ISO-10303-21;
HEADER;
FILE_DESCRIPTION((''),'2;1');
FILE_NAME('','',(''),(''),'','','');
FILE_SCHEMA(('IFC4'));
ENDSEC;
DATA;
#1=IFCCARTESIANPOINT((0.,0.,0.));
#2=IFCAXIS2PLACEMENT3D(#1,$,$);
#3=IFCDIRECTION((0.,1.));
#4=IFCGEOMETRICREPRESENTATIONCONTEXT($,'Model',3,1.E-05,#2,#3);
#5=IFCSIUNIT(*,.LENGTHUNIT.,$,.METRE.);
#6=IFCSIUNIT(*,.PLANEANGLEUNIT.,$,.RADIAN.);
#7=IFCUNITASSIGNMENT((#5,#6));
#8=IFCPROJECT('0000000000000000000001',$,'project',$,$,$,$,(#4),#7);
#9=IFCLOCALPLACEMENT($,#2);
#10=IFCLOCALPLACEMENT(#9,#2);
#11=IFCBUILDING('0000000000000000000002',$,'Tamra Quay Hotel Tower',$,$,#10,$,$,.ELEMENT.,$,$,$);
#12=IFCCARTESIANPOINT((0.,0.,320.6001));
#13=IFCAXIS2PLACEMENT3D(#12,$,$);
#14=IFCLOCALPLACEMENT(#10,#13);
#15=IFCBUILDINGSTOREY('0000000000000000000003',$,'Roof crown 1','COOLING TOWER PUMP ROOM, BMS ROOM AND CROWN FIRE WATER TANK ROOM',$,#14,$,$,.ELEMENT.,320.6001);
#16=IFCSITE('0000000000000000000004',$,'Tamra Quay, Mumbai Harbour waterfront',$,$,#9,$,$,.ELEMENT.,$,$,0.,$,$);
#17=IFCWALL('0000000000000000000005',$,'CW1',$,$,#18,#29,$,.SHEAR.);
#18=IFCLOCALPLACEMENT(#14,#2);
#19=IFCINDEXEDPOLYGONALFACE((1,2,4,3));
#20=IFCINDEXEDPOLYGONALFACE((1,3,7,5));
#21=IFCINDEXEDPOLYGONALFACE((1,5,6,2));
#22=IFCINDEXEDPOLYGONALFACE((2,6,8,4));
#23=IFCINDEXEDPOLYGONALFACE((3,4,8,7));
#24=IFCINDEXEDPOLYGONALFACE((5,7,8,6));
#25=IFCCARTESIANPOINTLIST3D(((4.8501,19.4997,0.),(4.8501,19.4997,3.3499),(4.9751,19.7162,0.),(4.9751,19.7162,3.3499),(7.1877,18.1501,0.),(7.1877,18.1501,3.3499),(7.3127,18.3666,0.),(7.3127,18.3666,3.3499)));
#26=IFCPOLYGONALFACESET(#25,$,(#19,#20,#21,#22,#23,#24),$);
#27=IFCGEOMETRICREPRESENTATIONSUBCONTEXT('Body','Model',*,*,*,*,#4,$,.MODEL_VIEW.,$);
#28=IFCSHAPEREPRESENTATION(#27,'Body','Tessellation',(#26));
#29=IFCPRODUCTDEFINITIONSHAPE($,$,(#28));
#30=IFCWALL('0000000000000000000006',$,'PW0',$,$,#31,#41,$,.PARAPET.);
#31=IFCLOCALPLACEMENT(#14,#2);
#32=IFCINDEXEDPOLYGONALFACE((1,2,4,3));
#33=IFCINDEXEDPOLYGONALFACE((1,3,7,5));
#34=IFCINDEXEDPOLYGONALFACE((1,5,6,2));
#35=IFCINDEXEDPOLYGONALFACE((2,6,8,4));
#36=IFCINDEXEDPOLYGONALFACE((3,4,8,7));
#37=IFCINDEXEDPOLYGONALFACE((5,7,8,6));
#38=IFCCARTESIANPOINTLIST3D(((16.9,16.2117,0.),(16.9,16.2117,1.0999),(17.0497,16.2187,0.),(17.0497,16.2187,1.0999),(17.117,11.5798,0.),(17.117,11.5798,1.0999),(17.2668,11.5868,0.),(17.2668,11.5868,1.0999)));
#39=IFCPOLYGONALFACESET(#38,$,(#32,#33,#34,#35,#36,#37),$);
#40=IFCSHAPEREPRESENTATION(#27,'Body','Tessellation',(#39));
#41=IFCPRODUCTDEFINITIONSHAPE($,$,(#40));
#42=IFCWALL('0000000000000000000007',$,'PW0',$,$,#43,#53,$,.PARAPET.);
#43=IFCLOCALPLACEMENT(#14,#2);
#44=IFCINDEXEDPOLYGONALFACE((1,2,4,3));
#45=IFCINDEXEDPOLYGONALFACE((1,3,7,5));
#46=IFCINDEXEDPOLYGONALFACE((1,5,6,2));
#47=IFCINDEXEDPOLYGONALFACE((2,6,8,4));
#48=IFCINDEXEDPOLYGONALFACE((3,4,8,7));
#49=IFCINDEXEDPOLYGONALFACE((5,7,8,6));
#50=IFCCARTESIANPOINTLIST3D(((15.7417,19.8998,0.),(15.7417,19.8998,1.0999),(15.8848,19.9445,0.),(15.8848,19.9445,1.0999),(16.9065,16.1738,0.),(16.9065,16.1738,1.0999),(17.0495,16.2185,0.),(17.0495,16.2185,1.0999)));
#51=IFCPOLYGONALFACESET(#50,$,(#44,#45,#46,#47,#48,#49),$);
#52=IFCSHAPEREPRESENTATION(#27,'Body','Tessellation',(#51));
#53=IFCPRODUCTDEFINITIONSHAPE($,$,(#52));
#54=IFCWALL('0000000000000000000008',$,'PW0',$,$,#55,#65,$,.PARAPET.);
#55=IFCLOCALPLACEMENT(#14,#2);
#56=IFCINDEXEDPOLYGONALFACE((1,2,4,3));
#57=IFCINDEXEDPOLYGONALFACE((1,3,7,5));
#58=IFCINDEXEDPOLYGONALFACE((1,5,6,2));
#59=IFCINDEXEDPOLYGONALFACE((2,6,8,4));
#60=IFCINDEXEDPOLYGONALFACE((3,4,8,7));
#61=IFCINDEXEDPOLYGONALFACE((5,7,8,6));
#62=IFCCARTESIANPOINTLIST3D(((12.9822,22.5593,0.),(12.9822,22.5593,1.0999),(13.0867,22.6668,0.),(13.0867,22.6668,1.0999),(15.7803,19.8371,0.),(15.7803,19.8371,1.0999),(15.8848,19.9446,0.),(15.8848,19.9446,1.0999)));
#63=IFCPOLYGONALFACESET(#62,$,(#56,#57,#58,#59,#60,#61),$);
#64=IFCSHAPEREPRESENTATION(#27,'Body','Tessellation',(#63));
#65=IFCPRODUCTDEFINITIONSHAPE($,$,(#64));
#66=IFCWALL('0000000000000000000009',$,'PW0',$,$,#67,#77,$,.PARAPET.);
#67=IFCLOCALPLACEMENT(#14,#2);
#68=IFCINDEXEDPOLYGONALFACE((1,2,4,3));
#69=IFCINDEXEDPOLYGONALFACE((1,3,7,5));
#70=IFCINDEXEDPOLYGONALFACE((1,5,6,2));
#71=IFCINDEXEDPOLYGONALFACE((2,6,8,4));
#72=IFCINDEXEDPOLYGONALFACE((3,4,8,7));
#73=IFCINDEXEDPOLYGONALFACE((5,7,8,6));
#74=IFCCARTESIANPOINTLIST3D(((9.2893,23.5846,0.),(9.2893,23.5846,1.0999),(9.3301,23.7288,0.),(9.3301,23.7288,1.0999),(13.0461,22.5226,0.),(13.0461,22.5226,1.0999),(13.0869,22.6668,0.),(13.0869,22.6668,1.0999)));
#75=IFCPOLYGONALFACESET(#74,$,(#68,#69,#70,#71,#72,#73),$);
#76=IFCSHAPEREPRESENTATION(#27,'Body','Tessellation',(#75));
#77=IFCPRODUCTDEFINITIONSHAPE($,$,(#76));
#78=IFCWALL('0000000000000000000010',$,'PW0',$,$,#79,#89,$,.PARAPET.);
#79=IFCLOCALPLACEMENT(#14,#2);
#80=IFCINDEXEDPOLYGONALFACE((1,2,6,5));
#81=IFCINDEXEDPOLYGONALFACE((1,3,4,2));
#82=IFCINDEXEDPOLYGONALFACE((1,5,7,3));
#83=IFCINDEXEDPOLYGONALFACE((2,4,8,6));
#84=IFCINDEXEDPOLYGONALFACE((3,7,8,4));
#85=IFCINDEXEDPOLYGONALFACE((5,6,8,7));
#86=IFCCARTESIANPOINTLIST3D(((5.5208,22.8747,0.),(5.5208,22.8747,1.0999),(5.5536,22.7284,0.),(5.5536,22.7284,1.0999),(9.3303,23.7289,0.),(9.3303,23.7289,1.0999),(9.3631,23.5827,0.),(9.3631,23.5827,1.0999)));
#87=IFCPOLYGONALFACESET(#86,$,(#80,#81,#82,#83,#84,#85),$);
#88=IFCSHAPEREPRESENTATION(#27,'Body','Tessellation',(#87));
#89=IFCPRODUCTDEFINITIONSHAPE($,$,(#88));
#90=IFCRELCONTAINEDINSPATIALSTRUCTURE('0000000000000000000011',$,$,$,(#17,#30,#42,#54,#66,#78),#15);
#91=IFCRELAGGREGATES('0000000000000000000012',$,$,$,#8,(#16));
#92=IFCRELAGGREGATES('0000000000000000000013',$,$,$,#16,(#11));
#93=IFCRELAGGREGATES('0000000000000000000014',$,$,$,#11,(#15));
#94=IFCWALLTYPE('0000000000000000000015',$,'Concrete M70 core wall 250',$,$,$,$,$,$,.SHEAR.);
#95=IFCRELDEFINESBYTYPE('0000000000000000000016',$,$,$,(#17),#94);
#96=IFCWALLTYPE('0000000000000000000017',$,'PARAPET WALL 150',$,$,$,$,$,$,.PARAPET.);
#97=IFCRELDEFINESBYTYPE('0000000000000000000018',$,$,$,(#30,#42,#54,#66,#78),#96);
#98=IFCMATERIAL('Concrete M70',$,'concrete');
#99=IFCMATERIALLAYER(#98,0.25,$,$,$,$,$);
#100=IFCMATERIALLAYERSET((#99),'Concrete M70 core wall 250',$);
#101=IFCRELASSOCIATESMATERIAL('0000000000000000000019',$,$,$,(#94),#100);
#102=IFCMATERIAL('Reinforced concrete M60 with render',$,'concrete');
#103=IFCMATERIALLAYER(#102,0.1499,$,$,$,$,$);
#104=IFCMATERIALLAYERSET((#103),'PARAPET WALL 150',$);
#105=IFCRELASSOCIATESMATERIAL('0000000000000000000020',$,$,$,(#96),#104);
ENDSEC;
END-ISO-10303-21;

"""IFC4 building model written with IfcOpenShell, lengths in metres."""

from ifc_helpers import new_model, si_unit, direction, frame, frame_2d, origin, place, context, subcontext, project, spatial, rectangle, extrude, material, layer, layer_set, type_object, element, save


model = new_model("IFC4")

# Units and contexts
model_context = context("Model", 3, precision=1e-05, world=origin(), true_north=direction((0.0, 1.0)))
body_context = subcontext(model_context, "Body", "Model", "MODEL_VIEW")
ifc_project = project(units=[si_unit("LENGTHUNIT", "METRE"), si_unit("PLANEANGLEUNIT", "RADIAN")], contexts=[model_context])

# Site, building, storey
site_placement = place(None, origin())
site = spatial("IfcSite", under=ifc_project, at=site_placement, Name="Tamra Quay, Mumbai Harbour waterfront", CompositionType="ELEMENT", RefElevation=0.0)
building_placement = place(site_placement, origin())
building = spatial("IfcBuilding", under=site, at=building_placement, Name="Tamra Quay Hotel Tower", CompositionType="ELEMENT")
storey_placement = place(building_placement, frame((0.0, 0.0, 320.6001)))
storey = spatial("IfcBuildingStorey", under=building, at=storey_placement, Name="Roof crown 1", Description="COOLING TOWER PUMP ROOM, BMS ROOM AND CROWN FIRE WATER TANK ROOM", CompositionType="ELEMENT", Elevation=320.6001)

# Shared definitions
ifc_material_1 = material(Name="Concrete M70", Category="concrete")

# Walls
ifc_layer_1 = layer(ifc_material_1, 0.25)
ifc_layer_set_1 = layer_set([ifc_layer_1], Name="Concrete M70 core wall 250")
wall_type_1 = type_object("IfcWallType", Name="Concrete M70 core wall 250", PredefinedType="SHEAR", material=ifc_layer_set_1)
wall_1_placement = place(storey_placement, frame((4.9126, 19.6079, 0.0), z_axis=(0.0, 0.0, 1.0), x_axis=(0.86603, -0.499991, 0.0)))
element("IfcWall", 1, at=wall_1_placement, inside=storey, type_object=wall_type_1, Name="CW1", PredefinedType="SHEAR", context=body_context, shape_type="SweptSolid", body=[
    extrude(rectangle(XDim=2.6992, YDim=0.25, at=frame_2d((1.3496, 0.0))), origin(), (0.0, 0.0, 1.0), 3.3499),
])
ifc_material_2 = material(Name="Reinforced concrete M60 with render", Category="concrete")
ifc_layer_2 = layer(ifc_material_2, 0.1499)
ifc_layer_set_2 = layer_set([ifc_layer_2], Name="PARAPET WALL 150")
wall_type_2 = type_object("IfcWallType", Name="PARAPET WALL 150", PredefinedType="PARAPET", material=ifc_layer_set_2)
wall_2_placement = place(storey_placement, frame((16.9749, 16.2151, 0.0), z_axis=(0.0, 0.0, 1.0), x_axis=(0.046807, -0.998904, 0.0)))
element("IfcWall", 2, at=wall_2_placement, inside=storey, type_object=wall_type_2, Name="PW0", PredefinedType="PARAPET", context=body_context, shape_type="SweptSolid", body=[
    extrude(rectangle(XDim=4.637, YDim=0.1499, at=frame_2d((2.3184, 0.0))), origin(), (0.0, 0.0, 1.0), 1.0999),
])
for number, where, z_axis, x_axis, name in (
    (3, (15.8132, 19.9221, 0.0), (0.0, 0.0, 1.0), (0.298368, -0.954451, 0.0), "PW0"),
    (4, (13.0344, 22.613, 0.0), (0.0, 0.0, 1.0), (0.716765, -0.697315, 0.0), "PW0"),
):
    element("IfcWall", number, at=place(storey_placement, frame(where, z_axis=z_axis, x_axis=x_axis)), inside=storey, type_object=wall_type_2, Name=name, PredefinedType="PARAPET", context=body_context, shape_type="SweptSolid", body=[
        extrude(rectangle(XDim=3.9038, YDim=0.1499, at=frame_2d((1.9519, 0.0))), origin(), (0.0, 0.0, 1.0), 1.0999),
    ])
for number, where, z_axis, x_axis, name in (
    (5, (9.3096, 23.6567, 0.0), (0.0, 0.0, 1.0), (0.962289, -0.272028, 0.0), "PW0"),
    (6, (5.5371, 22.8015, 0.0), (0.0, 0.0, 1.0), (0.975766, 0.218817, 0.0), "PW0"),
):
    element("IfcWall", number, at=place(storey_placement, frame(where, z_axis=z_axis, x_axis=x_axis)), inside=storey, type_object=wall_type_2, Name=name, PredefinedType="PARAPET", context=body_context, shape_type="SweptSolid", body=[
        extrude(rectangle(XDim=3.9041, YDim=0.1499, at=frame_2d((1.9521, 0.0))), origin(), (0.0, 0.0, 1.0), 1.0999),
    ])

save(model, "model.ifc")
